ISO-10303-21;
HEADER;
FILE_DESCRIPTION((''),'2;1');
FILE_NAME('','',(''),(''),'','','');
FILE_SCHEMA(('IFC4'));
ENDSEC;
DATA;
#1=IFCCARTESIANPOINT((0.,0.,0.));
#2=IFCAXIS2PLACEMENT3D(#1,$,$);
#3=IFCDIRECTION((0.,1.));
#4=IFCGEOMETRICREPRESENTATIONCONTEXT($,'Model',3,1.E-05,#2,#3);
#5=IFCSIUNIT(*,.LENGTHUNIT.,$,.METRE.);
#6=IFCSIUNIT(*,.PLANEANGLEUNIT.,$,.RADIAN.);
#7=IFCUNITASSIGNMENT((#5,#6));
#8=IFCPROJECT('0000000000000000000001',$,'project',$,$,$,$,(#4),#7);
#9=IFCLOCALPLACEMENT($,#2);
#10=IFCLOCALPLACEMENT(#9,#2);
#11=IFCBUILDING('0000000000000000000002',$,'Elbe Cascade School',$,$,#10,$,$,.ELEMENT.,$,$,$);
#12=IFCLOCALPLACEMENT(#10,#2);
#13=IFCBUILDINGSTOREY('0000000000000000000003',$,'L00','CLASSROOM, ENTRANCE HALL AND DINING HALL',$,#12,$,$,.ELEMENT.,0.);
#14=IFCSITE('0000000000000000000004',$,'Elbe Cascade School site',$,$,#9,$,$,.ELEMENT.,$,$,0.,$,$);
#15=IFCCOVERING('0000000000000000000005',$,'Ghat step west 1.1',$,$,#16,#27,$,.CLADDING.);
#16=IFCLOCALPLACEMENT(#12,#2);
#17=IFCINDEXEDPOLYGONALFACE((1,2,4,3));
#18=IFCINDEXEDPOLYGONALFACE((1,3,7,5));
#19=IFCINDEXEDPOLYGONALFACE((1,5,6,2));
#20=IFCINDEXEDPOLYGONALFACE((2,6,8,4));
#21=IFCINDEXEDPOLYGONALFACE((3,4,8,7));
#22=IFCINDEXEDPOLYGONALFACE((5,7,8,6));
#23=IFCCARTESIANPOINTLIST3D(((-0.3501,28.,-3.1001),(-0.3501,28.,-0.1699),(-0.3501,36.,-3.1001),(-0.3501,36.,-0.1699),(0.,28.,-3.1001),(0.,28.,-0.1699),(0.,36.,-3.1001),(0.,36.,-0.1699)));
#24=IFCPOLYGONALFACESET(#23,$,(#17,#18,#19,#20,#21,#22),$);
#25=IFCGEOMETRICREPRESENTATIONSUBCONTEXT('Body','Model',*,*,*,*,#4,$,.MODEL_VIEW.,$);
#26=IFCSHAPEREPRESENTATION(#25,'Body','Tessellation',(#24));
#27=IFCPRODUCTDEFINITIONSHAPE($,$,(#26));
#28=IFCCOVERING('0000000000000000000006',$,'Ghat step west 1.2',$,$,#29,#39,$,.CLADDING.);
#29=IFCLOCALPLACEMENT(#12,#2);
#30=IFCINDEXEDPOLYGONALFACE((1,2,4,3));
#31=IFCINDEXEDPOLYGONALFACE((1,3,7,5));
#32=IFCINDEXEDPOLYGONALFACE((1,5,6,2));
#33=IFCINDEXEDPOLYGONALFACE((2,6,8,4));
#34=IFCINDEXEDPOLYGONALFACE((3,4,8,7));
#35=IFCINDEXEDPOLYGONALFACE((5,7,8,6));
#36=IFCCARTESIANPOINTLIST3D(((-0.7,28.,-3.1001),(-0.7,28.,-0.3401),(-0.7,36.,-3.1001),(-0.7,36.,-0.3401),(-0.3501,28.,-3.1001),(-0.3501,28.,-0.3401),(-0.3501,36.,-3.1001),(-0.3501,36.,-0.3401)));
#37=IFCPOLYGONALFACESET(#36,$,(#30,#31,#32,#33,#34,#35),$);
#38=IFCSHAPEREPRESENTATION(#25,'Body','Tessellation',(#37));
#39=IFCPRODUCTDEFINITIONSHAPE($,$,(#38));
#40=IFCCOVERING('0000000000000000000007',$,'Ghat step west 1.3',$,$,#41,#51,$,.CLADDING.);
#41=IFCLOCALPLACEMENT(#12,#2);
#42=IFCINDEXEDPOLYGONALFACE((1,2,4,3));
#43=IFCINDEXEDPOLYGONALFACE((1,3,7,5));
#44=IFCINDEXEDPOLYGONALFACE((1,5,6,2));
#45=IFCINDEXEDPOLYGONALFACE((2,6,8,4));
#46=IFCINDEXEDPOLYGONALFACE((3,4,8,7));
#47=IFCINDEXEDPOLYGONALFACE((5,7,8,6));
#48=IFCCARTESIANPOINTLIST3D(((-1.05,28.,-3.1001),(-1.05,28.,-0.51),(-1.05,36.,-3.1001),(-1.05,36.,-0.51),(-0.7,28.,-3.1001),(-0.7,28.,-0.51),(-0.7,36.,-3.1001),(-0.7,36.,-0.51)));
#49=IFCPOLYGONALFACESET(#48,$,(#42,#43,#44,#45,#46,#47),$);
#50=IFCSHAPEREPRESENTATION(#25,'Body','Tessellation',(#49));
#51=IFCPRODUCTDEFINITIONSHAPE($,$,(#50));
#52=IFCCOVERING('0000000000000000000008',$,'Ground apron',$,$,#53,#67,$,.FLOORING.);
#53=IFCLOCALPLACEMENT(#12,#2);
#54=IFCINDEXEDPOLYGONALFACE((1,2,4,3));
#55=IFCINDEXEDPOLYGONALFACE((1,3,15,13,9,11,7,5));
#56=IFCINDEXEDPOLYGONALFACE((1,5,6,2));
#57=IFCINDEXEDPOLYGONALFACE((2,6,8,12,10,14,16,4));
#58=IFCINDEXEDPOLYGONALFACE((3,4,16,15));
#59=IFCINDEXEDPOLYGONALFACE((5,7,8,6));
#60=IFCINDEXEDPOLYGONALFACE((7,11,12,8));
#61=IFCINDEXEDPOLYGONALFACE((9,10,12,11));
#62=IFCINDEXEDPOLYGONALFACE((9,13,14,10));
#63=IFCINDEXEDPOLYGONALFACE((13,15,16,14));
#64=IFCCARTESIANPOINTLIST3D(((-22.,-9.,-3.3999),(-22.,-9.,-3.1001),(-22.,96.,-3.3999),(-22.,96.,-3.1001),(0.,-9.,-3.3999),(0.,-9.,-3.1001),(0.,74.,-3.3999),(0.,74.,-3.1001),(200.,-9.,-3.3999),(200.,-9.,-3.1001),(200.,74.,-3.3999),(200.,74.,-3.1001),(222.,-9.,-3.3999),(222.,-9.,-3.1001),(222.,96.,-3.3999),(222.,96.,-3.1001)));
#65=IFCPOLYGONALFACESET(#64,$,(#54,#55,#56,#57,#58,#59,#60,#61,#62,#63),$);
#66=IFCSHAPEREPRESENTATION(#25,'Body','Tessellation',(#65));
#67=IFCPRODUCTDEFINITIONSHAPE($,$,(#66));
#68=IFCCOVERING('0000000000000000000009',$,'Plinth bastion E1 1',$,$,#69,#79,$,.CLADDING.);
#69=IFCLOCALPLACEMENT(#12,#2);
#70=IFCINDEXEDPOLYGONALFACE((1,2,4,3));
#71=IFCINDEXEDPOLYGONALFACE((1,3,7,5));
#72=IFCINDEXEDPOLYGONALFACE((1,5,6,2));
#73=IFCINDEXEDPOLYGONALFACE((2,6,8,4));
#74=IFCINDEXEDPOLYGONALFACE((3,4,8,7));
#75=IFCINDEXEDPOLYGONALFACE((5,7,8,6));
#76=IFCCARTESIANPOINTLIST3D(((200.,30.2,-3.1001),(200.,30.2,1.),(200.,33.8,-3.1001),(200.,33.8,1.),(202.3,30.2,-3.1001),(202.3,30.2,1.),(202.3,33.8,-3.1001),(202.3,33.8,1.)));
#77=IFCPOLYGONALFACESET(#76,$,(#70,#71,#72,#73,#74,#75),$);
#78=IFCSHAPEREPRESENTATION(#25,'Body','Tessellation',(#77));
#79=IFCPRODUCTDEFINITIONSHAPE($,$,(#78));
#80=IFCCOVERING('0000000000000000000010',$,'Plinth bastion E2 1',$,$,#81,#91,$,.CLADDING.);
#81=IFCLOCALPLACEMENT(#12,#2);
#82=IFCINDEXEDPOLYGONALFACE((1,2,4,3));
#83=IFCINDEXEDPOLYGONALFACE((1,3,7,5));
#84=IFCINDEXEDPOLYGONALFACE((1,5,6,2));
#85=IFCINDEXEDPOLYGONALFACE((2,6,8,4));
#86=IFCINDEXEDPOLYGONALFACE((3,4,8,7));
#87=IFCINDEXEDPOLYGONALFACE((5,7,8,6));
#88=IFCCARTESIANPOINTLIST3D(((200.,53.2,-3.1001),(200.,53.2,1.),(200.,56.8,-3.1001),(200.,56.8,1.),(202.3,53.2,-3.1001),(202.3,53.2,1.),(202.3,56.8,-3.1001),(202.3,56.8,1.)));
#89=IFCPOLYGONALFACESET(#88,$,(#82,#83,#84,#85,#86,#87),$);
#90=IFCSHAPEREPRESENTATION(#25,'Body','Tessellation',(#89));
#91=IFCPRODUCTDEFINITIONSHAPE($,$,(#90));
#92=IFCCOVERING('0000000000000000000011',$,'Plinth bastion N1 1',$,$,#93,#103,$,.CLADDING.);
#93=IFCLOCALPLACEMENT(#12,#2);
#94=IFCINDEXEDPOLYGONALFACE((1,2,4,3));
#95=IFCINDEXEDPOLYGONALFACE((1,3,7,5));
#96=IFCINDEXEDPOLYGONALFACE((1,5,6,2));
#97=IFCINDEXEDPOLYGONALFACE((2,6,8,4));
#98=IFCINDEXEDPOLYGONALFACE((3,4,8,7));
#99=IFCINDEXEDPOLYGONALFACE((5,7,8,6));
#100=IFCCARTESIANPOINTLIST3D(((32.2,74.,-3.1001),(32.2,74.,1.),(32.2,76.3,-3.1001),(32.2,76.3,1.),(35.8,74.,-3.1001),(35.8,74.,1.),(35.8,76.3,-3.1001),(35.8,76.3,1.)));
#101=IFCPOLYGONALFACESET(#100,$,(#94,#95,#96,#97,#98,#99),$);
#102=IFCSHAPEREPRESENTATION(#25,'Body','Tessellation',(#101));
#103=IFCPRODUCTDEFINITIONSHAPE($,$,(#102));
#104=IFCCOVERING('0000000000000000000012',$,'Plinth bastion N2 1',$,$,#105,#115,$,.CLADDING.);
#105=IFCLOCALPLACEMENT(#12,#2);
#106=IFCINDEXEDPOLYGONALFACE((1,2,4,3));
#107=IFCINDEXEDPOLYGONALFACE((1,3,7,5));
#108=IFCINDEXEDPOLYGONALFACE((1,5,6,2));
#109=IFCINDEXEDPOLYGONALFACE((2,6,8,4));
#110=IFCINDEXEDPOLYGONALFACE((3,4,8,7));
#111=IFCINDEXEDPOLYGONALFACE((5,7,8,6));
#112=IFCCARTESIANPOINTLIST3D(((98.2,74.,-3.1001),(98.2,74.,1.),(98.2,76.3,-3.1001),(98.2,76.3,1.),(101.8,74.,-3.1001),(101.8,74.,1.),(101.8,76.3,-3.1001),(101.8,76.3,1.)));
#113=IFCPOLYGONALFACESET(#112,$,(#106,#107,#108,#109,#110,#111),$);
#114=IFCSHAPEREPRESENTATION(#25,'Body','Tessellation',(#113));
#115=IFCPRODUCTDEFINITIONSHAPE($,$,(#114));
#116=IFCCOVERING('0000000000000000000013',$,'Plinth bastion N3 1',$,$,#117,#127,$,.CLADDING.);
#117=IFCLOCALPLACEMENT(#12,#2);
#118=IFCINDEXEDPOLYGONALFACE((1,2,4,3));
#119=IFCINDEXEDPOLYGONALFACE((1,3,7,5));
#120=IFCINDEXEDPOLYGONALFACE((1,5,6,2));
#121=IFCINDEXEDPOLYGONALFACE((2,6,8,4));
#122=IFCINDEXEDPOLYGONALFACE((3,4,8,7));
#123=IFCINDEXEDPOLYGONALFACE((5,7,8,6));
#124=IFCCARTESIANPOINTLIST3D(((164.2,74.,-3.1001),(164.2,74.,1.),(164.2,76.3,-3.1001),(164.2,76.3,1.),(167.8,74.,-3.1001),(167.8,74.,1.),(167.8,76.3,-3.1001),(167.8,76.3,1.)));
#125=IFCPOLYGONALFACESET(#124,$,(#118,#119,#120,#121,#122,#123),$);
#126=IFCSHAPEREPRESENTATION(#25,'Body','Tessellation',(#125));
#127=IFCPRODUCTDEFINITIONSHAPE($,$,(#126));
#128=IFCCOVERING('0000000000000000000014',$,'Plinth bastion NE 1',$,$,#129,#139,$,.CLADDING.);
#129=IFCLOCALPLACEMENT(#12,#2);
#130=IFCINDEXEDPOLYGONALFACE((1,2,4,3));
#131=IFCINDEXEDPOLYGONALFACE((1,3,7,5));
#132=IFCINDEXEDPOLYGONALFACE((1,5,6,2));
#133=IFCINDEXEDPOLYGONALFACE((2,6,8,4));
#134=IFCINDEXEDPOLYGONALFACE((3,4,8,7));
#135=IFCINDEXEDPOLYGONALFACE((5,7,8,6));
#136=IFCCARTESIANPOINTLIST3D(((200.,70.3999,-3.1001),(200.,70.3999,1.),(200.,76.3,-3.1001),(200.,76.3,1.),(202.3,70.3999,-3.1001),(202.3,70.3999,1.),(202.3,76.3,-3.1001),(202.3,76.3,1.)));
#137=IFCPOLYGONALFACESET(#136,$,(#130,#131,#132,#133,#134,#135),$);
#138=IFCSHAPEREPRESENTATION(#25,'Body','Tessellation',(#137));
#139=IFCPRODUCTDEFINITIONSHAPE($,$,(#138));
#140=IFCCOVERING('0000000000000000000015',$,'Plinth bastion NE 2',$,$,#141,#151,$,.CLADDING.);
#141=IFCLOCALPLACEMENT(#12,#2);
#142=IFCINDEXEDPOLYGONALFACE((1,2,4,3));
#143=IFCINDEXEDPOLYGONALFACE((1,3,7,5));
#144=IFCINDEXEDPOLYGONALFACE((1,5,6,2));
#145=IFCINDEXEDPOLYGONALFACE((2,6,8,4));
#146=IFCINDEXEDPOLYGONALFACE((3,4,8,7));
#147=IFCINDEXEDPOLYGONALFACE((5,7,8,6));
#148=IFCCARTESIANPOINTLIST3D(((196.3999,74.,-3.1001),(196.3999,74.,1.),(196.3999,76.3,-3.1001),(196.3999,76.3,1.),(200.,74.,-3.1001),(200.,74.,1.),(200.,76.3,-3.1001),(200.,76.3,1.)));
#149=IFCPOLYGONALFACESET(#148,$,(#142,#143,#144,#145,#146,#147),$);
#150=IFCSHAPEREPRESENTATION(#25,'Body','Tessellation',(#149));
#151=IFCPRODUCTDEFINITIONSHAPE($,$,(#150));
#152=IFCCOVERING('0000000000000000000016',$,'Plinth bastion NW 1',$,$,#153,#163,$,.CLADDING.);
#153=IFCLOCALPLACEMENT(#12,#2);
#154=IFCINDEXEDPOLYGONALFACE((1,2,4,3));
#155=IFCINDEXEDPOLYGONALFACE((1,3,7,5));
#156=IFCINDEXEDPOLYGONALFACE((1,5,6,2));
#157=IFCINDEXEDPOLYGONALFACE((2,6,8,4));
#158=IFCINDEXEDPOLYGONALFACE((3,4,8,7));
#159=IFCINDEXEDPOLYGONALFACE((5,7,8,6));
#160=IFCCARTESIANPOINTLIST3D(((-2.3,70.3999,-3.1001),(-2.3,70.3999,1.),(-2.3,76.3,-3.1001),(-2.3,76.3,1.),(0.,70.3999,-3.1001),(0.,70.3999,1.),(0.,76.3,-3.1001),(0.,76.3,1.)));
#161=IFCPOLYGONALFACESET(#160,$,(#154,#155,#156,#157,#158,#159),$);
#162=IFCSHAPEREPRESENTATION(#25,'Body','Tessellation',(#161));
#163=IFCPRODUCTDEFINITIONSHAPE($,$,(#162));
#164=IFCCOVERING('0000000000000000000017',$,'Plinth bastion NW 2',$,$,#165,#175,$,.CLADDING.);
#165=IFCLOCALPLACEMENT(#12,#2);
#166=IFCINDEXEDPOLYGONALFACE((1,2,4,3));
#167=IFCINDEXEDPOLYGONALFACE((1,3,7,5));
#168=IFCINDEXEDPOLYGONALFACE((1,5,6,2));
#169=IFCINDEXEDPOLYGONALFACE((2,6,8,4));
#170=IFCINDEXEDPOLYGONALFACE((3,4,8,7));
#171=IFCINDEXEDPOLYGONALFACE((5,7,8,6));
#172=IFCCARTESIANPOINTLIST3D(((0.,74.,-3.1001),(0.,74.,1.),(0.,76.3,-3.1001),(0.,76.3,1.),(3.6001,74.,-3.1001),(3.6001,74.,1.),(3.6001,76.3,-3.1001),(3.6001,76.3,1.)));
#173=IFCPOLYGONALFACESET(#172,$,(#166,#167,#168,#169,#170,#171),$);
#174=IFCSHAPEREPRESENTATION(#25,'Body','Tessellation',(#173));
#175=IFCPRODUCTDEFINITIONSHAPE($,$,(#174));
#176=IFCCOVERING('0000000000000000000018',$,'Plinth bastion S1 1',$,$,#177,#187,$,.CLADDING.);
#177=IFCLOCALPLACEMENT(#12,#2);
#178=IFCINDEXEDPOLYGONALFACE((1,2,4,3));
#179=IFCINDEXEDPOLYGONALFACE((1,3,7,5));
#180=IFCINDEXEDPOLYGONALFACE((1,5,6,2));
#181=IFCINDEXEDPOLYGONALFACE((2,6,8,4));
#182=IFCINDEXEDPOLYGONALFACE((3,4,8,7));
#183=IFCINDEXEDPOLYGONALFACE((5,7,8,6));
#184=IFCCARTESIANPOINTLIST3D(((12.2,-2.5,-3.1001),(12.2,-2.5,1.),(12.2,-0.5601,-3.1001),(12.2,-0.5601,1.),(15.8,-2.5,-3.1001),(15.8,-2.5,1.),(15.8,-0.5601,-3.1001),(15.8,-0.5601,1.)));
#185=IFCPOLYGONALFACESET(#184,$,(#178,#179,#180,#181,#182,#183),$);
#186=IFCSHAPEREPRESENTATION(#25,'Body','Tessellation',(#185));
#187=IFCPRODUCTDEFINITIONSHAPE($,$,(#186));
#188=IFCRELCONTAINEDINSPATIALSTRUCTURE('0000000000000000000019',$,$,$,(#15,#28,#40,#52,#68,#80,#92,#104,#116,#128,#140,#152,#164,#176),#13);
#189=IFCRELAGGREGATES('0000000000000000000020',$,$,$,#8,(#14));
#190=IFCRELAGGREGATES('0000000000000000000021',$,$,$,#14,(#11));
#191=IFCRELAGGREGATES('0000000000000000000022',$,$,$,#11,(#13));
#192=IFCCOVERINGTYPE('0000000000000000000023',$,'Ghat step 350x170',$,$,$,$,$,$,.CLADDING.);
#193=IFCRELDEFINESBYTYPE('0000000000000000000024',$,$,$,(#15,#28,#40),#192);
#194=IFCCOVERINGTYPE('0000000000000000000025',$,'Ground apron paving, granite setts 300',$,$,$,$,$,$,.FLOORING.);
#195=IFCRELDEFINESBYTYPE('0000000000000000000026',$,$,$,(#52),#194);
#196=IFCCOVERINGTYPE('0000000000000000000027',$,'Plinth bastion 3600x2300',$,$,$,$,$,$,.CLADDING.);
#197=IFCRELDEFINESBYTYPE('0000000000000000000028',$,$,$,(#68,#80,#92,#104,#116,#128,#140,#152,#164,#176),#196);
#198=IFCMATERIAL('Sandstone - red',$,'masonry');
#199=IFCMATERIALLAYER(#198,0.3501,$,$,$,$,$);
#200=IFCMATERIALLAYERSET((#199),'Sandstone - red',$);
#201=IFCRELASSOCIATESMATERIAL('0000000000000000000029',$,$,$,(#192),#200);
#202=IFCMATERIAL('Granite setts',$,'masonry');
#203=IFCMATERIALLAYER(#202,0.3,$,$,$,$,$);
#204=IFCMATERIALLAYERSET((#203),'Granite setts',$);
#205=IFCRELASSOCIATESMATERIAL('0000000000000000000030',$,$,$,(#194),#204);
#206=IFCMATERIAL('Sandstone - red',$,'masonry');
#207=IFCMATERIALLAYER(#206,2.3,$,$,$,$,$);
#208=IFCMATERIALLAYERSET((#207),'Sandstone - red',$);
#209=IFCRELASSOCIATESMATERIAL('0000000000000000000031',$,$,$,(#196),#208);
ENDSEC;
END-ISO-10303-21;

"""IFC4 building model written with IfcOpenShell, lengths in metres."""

from ifc_helpers import new_model, si_unit, direction, frame, origin, place, context, subcontext, project, spatial, polyline, outline, extrude, material, layer, layer_set, type_object, element, save


model = new_model("IFC4")

# Units and contexts
model_context = context("Model", 3, precision=1e-05, world=origin(), true_north=direction((0.0, 1.0)))
body_context = subcontext(model_context, "Body", "Model", "MODEL_VIEW")
ifc_project = project(units=[si_unit("LENGTHUNIT", "METRE"), si_unit("PLANEANGLEUNIT", "RADIAN")], contexts=[model_context])

# Site, building, storey
site_placement = place(None, origin())
site = spatial("IfcSite", under=ifc_project, at=site_placement, Name="Elbe Cascade School site", CompositionType="ELEMENT", RefElevation=0.0)
building_placement = place(site_placement, origin())
building = spatial("IfcBuilding", under=site, at=building_placement, Name="Elbe Cascade School", CompositionType="ELEMENT")
storey_placement = place(building_placement, origin())
storey = spatial("IfcBuildingStorey", under=building, at=storey_placement, Name="L00", Description="CLASSROOM, ENTRANCE HALL AND DINING HALL", CompositionType="ELEMENT", Elevation=0.0)

# Coverings
ifc_material_1 = material(Name="Sandstone - red", Category="masonry")
ifc_layer_1 = layer(ifc_material_1, 0.3501)
ifc_layer_set_1 = layer_set([ifc_layer_1], Name="Sandstone - red")
covering_type_1 = type_object("IfcCoveringType", Name="Ghat step 350x170", PredefinedType="CLADDING", material=ifc_layer_set_1)
covering_1_placement = place(storey_placement, frame((0.0, 0.0, -3.1001)))
element("IfcCovering", 1, at=covering_1_placement, inside=storey, type_object=covering_type_1, Name="Ghat step west 1.1", PredefinedType="CLADDING", context=body_context, shape_type="SweptSolid", body=[
    extrude(outline(polyline([(-0.3501, 28.0), (0.0, 28.0), (0.0, 36.0), (-0.3501, 36.0), (-0.3501, 28.0)])), origin(), (0.0, 0.0, 1.0), 2.9302),
])
covering_2_placement = place(storey_placement, frame((0.0, 0.0, -3.1001)))
element("IfcCovering", 2, at=covering_2_placement, inside=storey, type_object=covering_type_1, Name="Ghat step west 1.2", PredefinedType="CLADDING", context=body_context, shape_type="SweptSolid", body=[
    extrude(outline(polyline([(-0.7, 28.0), (-0.3501, 28.0), (-0.3501, 36.0), (-0.7, 36.0), (-0.7, 28.0)])), origin(), (0.0, 0.0, 1.0), 2.76),
])
covering_3_placement = place(storey_placement, frame((0.0, 0.0, -3.1001)))
element("IfcCovering", 3, at=covering_3_placement, inside=storey, type_object=covering_type_1, Name="Ghat step west 1.3", PredefinedType="CLADDING", context=body_context, shape_type="SweptSolid", body=[
    extrude(outline(polyline([(-1.05, 28.0), (-0.7, 28.0), (-0.7, 36.0), (-1.05, 36.0), (-1.05, 28.0)])), origin(), (0.0, 0.0, 1.0), 2.5901),
])
ifc_material_2 = material(Name="Granite setts", Category="masonry")
ifc_layer_2 = layer(ifc_material_2, 0.3)
ifc_layer_set_2 = layer_set([ifc_layer_2], Name="Granite setts")
covering_type_2 = type_object("IfcCoveringType", Name="Ground apron paving, granite setts 300", PredefinedType="FLOORING", material=ifc_layer_set_2)
covering_4_placement = place(storey_placement, frame((0.0, 0.0, -3.3999)))
element("IfcCovering", 4, at=covering_4_placement, inside=storey, type_object=covering_type_2, Name="Ground apron", PredefinedType="FLOORING", context=body_context, shape_type="SweptSolid", body=[
    extrude(outline(polyline([(-22.0, -9.0), (0.0, -9.0), (0.0, 74.0), (200.0, 74.0), (200.0, -9.0), (222.0, -9.0), (222.0, 96.0), (-22.0, 96.0), (-22.0, -9.0)])), origin(), (0.0, 0.0, 1.0), 0.2998),
])
ifc_material_3 = material(Name="Sandstone - red", Category="masonry")
ifc_layer_3 = layer(ifc_material_3, 2.3)
ifc_layer_set_3 = layer_set([ifc_layer_3], Name="Sandstone - red")
covering_type_3 = type_object("IfcCoveringType", Name="Plinth bastion 3600x2300", PredefinedType="CLADDING", material=ifc_layer_set_3)
covering_5_placement = place(storey_placement, frame((0.0, 0.0, -3.1001)))
element("IfcCovering", 5, at=covering_5_placement, inside=storey, type_object=covering_type_3, Name="Plinth bastion E1 1", PredefinedType="CLADDING", context=body_context, shape_type="SweptSolid", body=[
    extrude(outline(polyline([(200.0, 30.2), (202.3, 30.2), (202.3, 33.8), (200.0, 33.8), (200.0, 30.2)])), origin(), (0.0, 0.0, 1.0), 4.1001),
])
covering_6_placement = place(storey_placement, frame((0.0, 0.0, -3.1001)))
element("IfcCovering", 6, at=covering_6_placement, inside=storey, type_object=covering_type_3, Name="Plinth bastion E2 1", PredefinedType="CLADDING", context=body_context, shape_type="SweptSolid", body=[
    extrude(outline(polyline([(200.0, 53.2), (202.3, 53.2), (202.3, 56.8), (200.0, 56.8), (200.0, 53.2)])), origin(), (0.0, 0.0, 1.0), 4.1001),
])
covering_7_placement = place(storey_placement, frame((0.0, 0.0, -3.1001)))
element("IfcCovering", 7, at=covering_7_placement, inside=storey, type_object=covering_type_3, Name="Plinth bastion N1 1", PredefinedType="CLADDING", context=body_context, shape_type="SweptSolid", body=[
    extrude(outline(polyline([(32.2, 74.0), (35.8, 74.0), (35.8, 76.3), (32.2, 76.3), (32.2, 74.0)])), origin(), (0.0, 0.0, 1.0), 4.1001),
])
covering_8_placement = place(storey_placement, frame((0.0, 0.0, -3.1001)))
element("IfcCovering", 8, at=covering_8_placement, inside=storey, type_object=covering_type_3, Name="Plinth bastion N2 1", PredefinedType="CLADDING", context=body_context, shape_type="SweptSolid", body=[
    extrude(outline(polyline([(98.2, 74.0), (101.8, 74.0), (101.8, 76.3), (98.2, 76.3), (98.2, 74.0)])), origin(), (0.0, 0.0, 1.0), 4.1001),
])
covering_9_placement = place(storey_placement, frame((0.0, 0.0, -3.1001)))
element("IfcCovering", 9, at=covering_9_placement, inside=storey, type_object=covering_type_3, Name="Plinth bastion N3 1", PredefinedType="CLADDING", context=body_context, shape_type="SweptSolid", body=[
    extrude(outline(polyline([(164.2, 74.0), (167.8, 74.0), (167.8, 76.3), (164.2, 76.3), (164.2, 74.0)])), origin(), (0.0, 0.0, 1.0), 4.1001),
])
covering_10_placement = place(storey_placement, frame((0.0, 0.0, -3.1001)))
element("IfcCovering", 10, at=covering_10_placement, inside=storey, type_object=covering_type_3, Name="Plinth bastion NE 1", PredefinedType="CLADDING", context=body_context, shape_type="SweptSolid", body=[
    extrude(outline(polyline([(200.0, 70.3999), (202.3, 70.3999), (202.3, 76.3), (200.0, 76.3), (200.0, 70.3999)])), origin(), (0.0, 0.0, 1.0), 4.1001),
])
covering_11_placement = place(storey_placement, frame((0.0, 0.0, -3.1001)))
element("IfcCovering", 11, at=covering_11_placement, inside=storey, type_object=covering_type_3, Name="Plinth bastion NE 2", PredefinedType="CLADDING", context=body_context, shape_type="SweptSolid", body=[
    extrude(outline(polyline([(196.3999, 74.0), (200.0, 74.0), (200.0, 76.3), (196.3999, 76.3), (196.3999, 74.0)])), origin(), (0.0, 0.0, 1.0), 4.1001),
])
covering_12_placement = place(storey_placement, frame((0.0, 0.0, -3.1001)))
element("IfcCovering", 12, at=covering_12_placement, inside=storey, type_object=covering_type_3, Name="Plinth bastion NW 1", PredefinedType="CLADDING", context=body_context, shape_type="SweptSolid", body=[
    extrude(outline(polyline([(-2.3, 70.3999), (0.0, 70.3999), (0.0, 76.3), (-2.3, 76.3), (-2.3, 70.3999)])), origin(), (0.0, 0.0, 1.0), 4.1001),
])
covering_13_placement = place(storey_placement, frame((0.0, 0.0, -3.1001)))
element("IfcCovering", 13, at=covering_13_placement, inside=storey, type_object=covering_type_3, Name="Plinth bastion NW 2", PredefinedType="CLADDING", context=body_context, shape_type="SweptSolid", body=[
    extrude(outline(polyline([(0.0, 74.0), (3.6001, 74.0), (3.6001, 76.3), (0.0, 76.3), (0.0, 74.0)])), origin(), (0.0, 0.0, 1.0), 4.1001),
])
covering_14_placement = place(storey_placement, frame((0.0, 0.0, -3.1001)))
element("IfcCovering", 14, at=covering_14_placement, inside=storey, type_object=covering_type_3, Name="Plinth bastion S1 1", PredefinedType="CLADDING", context=body_context, shape_type="SweptSolid", body=[
    extrude(outline(polyline([(12.2, -2.5), (15.8, -2.5), (15.8, -0.5601), (12.2, -0.5601), (12.2, -2.5)])), origin(), (0.0, 0.0, 1.0), 4.1001),
])

save(model, "model.ifc")
